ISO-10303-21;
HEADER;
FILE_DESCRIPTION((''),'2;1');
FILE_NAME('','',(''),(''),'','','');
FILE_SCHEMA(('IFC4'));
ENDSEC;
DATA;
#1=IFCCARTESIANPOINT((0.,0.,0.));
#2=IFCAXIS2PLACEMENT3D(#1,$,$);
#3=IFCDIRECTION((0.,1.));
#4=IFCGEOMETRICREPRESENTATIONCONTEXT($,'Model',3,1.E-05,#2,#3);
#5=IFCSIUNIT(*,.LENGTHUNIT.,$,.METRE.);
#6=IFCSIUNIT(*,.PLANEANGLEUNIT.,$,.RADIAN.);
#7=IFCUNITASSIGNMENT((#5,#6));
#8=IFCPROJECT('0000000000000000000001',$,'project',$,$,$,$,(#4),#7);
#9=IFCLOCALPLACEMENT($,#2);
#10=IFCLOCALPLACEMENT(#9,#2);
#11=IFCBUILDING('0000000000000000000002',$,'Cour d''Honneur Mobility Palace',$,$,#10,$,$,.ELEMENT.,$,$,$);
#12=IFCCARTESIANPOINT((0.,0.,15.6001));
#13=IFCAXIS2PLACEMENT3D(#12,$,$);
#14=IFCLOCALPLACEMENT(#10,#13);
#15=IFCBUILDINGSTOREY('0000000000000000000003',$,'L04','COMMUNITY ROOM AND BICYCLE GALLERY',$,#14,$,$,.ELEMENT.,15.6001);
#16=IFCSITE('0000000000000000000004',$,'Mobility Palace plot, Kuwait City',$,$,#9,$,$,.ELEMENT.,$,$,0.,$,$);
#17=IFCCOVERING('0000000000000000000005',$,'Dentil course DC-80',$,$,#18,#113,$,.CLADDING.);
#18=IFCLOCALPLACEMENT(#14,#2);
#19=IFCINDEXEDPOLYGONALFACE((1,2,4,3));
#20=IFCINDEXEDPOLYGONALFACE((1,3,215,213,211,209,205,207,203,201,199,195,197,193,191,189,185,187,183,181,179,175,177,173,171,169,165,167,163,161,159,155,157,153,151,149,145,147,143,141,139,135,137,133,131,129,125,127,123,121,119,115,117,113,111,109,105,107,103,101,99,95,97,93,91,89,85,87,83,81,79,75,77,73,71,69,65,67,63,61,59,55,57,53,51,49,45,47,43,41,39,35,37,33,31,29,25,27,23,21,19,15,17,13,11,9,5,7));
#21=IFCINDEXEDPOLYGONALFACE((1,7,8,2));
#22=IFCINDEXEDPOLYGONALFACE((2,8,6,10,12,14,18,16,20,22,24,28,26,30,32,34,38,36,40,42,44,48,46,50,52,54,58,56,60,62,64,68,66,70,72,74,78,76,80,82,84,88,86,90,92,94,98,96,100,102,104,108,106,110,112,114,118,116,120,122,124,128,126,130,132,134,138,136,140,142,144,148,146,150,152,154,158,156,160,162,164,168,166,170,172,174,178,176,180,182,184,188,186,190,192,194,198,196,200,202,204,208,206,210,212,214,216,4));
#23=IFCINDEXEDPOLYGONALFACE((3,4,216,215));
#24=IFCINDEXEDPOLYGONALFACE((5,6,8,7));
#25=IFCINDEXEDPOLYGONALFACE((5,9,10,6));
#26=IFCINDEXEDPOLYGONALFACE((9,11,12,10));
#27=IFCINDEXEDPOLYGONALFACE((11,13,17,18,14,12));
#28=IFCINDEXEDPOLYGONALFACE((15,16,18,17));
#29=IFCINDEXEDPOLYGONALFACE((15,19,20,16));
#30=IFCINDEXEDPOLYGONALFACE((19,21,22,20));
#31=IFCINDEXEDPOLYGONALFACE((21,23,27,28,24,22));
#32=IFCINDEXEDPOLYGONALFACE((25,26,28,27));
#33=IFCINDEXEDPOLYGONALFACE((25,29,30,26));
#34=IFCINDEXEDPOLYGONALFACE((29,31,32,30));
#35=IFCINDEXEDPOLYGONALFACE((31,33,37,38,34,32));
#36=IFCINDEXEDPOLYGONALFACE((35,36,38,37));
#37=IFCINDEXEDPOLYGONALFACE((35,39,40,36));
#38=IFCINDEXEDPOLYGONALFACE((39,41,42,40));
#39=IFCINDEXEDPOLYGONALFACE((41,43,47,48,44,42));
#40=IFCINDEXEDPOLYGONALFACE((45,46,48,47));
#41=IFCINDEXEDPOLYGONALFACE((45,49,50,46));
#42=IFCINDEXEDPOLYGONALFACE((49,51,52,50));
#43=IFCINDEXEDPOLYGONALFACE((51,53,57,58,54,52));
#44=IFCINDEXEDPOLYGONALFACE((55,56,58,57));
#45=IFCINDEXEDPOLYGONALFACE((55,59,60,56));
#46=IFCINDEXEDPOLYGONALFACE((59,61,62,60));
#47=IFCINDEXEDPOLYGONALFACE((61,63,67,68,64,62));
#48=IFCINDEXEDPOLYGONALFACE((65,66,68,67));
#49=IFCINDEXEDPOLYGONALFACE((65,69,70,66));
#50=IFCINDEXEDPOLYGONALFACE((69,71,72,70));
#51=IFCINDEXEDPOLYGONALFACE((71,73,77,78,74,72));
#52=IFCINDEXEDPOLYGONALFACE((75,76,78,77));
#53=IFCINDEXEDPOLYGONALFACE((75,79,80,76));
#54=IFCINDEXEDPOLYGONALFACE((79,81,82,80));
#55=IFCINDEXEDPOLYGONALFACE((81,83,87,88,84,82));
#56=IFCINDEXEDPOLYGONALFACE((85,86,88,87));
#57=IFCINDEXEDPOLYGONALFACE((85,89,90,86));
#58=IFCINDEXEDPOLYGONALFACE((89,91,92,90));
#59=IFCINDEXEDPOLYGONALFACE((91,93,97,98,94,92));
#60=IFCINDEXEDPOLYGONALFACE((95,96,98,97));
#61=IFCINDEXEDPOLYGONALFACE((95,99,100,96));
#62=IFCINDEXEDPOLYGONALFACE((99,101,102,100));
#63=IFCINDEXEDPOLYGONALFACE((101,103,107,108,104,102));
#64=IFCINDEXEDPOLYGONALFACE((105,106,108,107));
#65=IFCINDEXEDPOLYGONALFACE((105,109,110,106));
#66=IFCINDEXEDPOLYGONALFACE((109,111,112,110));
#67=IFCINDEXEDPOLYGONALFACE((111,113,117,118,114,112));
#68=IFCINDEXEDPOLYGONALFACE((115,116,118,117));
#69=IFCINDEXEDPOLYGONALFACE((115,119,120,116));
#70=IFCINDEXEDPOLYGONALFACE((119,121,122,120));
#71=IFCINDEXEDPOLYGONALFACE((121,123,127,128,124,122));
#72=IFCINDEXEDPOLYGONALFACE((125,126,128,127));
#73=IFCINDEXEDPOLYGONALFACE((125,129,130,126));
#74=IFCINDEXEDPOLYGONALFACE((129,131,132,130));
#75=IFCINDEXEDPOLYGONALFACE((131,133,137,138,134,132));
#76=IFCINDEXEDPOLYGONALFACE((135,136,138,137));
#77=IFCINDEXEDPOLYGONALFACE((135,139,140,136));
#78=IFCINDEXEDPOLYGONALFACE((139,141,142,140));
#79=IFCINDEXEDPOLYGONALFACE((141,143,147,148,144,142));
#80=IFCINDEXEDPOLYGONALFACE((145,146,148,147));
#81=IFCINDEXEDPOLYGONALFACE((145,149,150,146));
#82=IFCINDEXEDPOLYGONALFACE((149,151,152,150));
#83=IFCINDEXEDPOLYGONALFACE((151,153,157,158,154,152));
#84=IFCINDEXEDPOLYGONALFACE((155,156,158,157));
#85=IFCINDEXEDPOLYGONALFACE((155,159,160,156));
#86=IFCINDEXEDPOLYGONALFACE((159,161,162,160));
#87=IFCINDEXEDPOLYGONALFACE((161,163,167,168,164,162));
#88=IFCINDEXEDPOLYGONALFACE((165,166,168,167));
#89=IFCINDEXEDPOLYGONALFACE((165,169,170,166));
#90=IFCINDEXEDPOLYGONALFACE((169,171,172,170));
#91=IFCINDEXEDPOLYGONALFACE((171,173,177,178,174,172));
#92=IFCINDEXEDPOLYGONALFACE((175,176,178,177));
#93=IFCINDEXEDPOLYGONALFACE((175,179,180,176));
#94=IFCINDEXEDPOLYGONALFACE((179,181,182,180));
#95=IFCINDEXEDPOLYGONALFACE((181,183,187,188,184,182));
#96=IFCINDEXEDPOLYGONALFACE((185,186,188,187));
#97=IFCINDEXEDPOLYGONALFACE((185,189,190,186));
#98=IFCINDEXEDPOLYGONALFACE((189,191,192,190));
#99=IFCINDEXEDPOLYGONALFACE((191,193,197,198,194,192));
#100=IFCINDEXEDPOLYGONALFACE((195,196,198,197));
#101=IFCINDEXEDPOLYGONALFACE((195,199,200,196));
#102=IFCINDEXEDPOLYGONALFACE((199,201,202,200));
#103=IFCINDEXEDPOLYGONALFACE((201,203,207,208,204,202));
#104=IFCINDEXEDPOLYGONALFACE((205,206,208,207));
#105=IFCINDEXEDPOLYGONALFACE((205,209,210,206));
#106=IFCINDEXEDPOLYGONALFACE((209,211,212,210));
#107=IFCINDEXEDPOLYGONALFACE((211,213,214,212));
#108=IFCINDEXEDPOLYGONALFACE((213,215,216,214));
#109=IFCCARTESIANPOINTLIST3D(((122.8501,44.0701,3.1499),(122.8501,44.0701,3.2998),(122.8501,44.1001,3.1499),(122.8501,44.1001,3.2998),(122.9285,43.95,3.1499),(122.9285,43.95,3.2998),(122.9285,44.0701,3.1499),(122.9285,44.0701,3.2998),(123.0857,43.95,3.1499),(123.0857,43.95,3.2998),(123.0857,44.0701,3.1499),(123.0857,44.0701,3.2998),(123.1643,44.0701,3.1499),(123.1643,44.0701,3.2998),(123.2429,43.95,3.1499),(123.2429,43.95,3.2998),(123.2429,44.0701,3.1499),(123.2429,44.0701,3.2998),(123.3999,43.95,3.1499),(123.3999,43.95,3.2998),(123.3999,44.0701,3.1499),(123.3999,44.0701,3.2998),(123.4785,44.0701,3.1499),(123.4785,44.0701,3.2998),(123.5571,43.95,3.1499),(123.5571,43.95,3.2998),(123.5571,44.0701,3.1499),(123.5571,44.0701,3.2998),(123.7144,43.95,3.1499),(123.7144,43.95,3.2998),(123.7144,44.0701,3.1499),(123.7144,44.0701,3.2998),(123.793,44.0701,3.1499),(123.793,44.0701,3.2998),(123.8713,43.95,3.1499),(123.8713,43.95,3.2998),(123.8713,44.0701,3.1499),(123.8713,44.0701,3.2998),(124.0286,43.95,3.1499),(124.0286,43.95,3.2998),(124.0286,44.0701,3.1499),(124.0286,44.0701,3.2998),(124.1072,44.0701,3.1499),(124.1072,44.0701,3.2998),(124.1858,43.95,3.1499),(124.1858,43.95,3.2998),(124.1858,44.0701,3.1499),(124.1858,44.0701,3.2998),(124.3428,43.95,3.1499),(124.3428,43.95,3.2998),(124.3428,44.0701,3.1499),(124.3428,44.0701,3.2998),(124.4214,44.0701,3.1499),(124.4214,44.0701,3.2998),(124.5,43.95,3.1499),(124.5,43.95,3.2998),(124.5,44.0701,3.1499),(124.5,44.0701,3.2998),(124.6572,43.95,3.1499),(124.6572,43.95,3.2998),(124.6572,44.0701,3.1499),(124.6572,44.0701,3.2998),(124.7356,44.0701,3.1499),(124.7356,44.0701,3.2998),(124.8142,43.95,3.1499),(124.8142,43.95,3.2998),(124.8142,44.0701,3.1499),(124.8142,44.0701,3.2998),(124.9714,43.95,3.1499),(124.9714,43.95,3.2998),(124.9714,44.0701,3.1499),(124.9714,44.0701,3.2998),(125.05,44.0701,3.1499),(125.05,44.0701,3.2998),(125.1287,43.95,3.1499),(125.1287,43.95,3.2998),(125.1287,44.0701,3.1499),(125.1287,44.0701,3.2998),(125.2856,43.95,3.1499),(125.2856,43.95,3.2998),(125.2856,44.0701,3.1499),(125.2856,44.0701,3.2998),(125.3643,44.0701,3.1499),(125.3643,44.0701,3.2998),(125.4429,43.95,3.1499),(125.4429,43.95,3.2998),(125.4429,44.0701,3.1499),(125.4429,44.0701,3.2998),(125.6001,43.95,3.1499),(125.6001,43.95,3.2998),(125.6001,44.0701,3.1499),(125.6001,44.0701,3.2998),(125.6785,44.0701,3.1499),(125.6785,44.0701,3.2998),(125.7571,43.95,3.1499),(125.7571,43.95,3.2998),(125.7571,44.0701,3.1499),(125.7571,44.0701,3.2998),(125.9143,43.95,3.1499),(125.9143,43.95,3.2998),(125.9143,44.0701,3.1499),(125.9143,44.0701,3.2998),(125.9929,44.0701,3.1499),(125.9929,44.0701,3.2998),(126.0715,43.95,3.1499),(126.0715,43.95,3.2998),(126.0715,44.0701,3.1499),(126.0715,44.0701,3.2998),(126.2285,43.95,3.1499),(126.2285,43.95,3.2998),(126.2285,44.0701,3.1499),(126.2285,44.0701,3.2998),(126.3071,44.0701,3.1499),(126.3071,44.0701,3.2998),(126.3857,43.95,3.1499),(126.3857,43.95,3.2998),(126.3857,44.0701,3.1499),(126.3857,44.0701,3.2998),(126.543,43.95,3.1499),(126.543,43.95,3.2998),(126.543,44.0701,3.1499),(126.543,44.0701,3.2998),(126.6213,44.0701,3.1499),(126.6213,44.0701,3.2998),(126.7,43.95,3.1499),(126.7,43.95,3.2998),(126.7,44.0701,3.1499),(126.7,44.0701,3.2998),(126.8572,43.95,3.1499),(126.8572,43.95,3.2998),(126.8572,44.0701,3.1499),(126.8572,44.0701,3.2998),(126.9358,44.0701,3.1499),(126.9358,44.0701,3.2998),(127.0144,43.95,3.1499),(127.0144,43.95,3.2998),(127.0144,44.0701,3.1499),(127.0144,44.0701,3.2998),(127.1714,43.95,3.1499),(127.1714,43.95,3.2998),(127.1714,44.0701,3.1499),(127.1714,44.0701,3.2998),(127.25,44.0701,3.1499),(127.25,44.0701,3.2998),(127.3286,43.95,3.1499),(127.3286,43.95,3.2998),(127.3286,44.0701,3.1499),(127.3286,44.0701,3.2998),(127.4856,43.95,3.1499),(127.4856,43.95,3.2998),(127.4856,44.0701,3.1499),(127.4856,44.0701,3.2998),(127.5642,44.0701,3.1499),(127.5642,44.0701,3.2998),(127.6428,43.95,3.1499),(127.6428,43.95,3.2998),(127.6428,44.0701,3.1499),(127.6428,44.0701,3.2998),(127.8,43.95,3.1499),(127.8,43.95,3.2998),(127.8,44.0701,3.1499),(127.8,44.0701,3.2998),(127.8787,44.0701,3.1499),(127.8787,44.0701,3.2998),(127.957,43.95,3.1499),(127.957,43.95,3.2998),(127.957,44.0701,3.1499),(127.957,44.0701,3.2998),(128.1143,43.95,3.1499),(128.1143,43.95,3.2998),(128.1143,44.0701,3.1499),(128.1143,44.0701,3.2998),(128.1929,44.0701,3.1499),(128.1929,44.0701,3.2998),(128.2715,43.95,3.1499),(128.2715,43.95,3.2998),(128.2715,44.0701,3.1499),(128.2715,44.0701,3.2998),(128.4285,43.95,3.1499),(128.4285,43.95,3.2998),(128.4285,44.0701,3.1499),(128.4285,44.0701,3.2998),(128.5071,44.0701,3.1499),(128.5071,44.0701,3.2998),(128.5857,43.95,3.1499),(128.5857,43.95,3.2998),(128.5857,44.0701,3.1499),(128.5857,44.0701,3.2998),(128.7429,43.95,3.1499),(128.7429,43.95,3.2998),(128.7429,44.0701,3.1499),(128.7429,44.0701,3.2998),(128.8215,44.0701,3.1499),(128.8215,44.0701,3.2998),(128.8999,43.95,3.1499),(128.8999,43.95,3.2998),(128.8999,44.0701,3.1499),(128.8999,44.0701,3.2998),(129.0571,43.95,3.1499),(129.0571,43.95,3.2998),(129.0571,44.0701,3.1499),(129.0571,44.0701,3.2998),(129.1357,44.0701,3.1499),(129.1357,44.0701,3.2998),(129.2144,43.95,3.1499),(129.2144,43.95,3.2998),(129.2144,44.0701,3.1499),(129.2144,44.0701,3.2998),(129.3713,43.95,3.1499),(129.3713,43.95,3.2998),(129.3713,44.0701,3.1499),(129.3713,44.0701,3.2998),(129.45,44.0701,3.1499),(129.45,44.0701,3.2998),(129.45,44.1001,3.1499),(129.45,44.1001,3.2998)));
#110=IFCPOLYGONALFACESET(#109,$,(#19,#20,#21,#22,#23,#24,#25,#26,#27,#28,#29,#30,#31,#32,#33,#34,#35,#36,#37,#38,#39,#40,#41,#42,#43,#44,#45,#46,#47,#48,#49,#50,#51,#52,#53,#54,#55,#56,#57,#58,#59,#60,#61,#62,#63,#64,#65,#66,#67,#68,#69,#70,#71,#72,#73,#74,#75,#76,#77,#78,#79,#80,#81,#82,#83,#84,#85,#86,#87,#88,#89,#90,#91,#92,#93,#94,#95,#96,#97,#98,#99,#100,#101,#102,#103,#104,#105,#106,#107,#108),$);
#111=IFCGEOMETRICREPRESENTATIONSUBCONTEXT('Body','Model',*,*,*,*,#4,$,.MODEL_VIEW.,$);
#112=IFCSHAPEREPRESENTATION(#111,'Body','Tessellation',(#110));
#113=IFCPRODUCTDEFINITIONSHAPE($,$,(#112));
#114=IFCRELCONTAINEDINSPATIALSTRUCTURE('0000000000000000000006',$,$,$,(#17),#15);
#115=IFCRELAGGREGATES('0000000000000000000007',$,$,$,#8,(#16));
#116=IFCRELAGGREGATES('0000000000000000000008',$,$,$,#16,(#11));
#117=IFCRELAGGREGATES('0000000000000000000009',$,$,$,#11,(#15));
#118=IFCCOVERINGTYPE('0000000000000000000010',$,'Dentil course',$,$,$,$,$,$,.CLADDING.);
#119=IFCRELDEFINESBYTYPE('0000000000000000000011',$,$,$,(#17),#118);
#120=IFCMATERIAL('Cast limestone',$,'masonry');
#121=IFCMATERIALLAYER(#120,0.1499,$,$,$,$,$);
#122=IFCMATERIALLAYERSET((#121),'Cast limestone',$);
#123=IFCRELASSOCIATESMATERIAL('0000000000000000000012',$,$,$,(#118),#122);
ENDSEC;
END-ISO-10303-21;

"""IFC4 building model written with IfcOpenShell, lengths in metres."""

from ifc_helpers import new_model, si_unit, direction, frame, origin, place, context, subcontext, project, spatial, polyline, outline, extrude, material, layer, layer_set, type_object, element, save


model = new_model("IFC4")

# Units and contexts
model_context = context("Model", 3, precision=1e-05, world=origin(), true_north=direction((0.0, 1.0)))
body_context = subcontext(model_context, "Body", "Model", "MODEL_VIEW")
ifc_project = project(units=[si_unit("LENGTHUNIT", "METRE"), si_unit("PLANEANGLEUNIT", "RADIAN")], contexts=[model_context])

# Site, building, storey
site_placement = place(None, origin())
site = spatial("IfcSite", under=ifc_project, at=site_placement, Name="Mobility Palace plot, Kuwait City", CompositionType="ELEMENT", RefElevation=0.0)
building_placement = place(site_placement, origin())
building = spatial("IfcBuilding", under=site, at=building_placement, Name="Cour d'Honneur Mobility Palace", CompositionType="ELEMENT")
storey_placement = place(building_placement, frame((0.0, 0.0, 15.6001)))
storey = spatial("IfcBuildingStorey", under=building, at=storey_placement, Name="L04", Description="COMMUNITY ROOM AND BICYCLE GALLERY", CompositionType="ELEMENT", Elevation=15.6001)

# Covering
ifc_material_1 = material(Name="Cast limestone", Category="masonry")
ifc_layer_1 = layer(ifc_material_1, 0.1499)
ifc_layer_set_1 = layer_set([ifc_layer_1], Name="Cast limestone")
covering_type_1 = type_object("IfcCoveringType", Name="Dentil course", PredefinedType="CLADDING", material=ifc_layer_set_1)
covering_1_placement = place(storey_placement, frame((0.0, 0.0, 3.1499)))
element("IfcCovering", 1, at=covering_1_placement, inside=storey, type_object=covering_type_1, Name="Dentil course DC-80", PredefinedType="CLADDING", context=body_context, shape_type="SweptSolid", body=[
    extrude(outline(polyline([(122.8501, 44.1001), (129.45, 44.1001), (129.45, 44.0701), (129.45, 44.0701), (129.3713, 44.0701), (129.3713, 43.95), (129.2144, 43.95), (129.2144, 44.0701), (129.1357, 44.0701), (129.1357, 44.0701), (129.0571, 44.0701), (129.0571, 43.95), (128.8999, 43.95), (128.8999, 44.0701), (128.8215, 44.0701), (128.8215, 44.0701), (128.7429, 44.0701), (128.7429, 43.95), (128.5857, 43.95), (128.5857, 44.0701), (128.5071, 44.0701), (128.5071, 44.0701), (128.4285, 44.0701), (128.4285, 43.95), (128.2715, 43.95), (128.2715, 44.0701), (128.1929, 44.0701), (128.1929, 44.0701), (128.1143, 44.0701), (128.1143, 43.95), (127.957, 43.95), (127.957, 44.0701), (127.8787, 44.0701), (127.8787, 44.0701), (127.8, 44.0701), (127.8, 43.95), (127.6428, 43.95), (127.6428, 44.0701), (127.5642, 44.0701), (127.5642, 44.0701), (127.4856, 44.0701), (127.4856, 43.95), (127.3286, 43.95), (127.3286, 44.0701), (127.25, 44.0701), (127.25, 44.0701), (127.1714, 44.0701), (127.1714, 43.95), (127.0144, 43.95), (127.0144, 44.0701), (126.9358, 44.0701), (126.9358, 44.0701), (126.8572, 44.0701), (126.8572, 43.95), (126.7, 43.95), (126.7, 44.0701), (126.6213, 44.0701), (126.6213, 44.0701), (126.543, 44.0701), (126.543, 43.95), (126.3857, 43.95), (126.3857, 44.0701), (126.3071, 44.0701), (126.3071, 44.0701), (126.2285, 44.0701), (126.2285, 43.95), (126.0715, 43.95), (126.0715, 44.0701), (125.9929, 44.0701), (125.9929, 44.0701), (125.9143, 44.0701), (125.9143, 43.95), (125.7571, 43.95), (125.7571, 44.0701), (125.6785, 44.0701), (125.6785, 44.0701), (125.6001, 44.0701), (125.6001, 43.95), (125.4429, 43.95), (125.4429, 44.0701), (125.3643, 44.0701), (125.3643, 44.0701), (125.2856, 44.0701), (125.2856, 43.95), (125.1287, 43.95), (125.1287, 44.0701), (125.05, 44.0701), (125.05, 44.0701), (124.9714, 44.0701), (124.9714, 43.95), (124.8142, 43.95), (124.8142, 44.0701), (124.7356, 44.0701), (124.7356, 44.0701), (124.6572, 44.0701), (124.6572, 43.95), (124.5, 43.95), (124.5, 44.0701), (124.4214, 44.0701), (124.4214, 44.0701), (124.3428, 44.0701), (124.3428, 43.95), (124.1858, 43.95), (124.1858, 44.0701), (124.1072, 44.0701), (124.1072, 44.0701), (124.0286, 44.0701), (124.0286, 43.95), (123.8713, 43.95), (123.8713, 44.0701), (123.793, 44.0701), (123.793, 44.0701), (123.7144, 44.0701), (123.7144, 43.95), (123.5571, 43.95), (123.5571, 44.0701), (123.4785, 44.0701), (123.4785, 44.0701), (123.3999, 44.0701), (123.3999, 43.95), (123.2429, 43.95), (123.2429, 44.0701), (123.1643, 44.0701), (123.1643, 44.0701), (123.0857, 44.0701), (123.0857, 43.95), (122.9285, 43.95), (122.9285, 44.0701), (122.8501, 44.0701), (122.8501, 44.1001)])), origin(), (0.0, 0.0, 1.0), 0.1499),
])

save(model, "model.ifc")
